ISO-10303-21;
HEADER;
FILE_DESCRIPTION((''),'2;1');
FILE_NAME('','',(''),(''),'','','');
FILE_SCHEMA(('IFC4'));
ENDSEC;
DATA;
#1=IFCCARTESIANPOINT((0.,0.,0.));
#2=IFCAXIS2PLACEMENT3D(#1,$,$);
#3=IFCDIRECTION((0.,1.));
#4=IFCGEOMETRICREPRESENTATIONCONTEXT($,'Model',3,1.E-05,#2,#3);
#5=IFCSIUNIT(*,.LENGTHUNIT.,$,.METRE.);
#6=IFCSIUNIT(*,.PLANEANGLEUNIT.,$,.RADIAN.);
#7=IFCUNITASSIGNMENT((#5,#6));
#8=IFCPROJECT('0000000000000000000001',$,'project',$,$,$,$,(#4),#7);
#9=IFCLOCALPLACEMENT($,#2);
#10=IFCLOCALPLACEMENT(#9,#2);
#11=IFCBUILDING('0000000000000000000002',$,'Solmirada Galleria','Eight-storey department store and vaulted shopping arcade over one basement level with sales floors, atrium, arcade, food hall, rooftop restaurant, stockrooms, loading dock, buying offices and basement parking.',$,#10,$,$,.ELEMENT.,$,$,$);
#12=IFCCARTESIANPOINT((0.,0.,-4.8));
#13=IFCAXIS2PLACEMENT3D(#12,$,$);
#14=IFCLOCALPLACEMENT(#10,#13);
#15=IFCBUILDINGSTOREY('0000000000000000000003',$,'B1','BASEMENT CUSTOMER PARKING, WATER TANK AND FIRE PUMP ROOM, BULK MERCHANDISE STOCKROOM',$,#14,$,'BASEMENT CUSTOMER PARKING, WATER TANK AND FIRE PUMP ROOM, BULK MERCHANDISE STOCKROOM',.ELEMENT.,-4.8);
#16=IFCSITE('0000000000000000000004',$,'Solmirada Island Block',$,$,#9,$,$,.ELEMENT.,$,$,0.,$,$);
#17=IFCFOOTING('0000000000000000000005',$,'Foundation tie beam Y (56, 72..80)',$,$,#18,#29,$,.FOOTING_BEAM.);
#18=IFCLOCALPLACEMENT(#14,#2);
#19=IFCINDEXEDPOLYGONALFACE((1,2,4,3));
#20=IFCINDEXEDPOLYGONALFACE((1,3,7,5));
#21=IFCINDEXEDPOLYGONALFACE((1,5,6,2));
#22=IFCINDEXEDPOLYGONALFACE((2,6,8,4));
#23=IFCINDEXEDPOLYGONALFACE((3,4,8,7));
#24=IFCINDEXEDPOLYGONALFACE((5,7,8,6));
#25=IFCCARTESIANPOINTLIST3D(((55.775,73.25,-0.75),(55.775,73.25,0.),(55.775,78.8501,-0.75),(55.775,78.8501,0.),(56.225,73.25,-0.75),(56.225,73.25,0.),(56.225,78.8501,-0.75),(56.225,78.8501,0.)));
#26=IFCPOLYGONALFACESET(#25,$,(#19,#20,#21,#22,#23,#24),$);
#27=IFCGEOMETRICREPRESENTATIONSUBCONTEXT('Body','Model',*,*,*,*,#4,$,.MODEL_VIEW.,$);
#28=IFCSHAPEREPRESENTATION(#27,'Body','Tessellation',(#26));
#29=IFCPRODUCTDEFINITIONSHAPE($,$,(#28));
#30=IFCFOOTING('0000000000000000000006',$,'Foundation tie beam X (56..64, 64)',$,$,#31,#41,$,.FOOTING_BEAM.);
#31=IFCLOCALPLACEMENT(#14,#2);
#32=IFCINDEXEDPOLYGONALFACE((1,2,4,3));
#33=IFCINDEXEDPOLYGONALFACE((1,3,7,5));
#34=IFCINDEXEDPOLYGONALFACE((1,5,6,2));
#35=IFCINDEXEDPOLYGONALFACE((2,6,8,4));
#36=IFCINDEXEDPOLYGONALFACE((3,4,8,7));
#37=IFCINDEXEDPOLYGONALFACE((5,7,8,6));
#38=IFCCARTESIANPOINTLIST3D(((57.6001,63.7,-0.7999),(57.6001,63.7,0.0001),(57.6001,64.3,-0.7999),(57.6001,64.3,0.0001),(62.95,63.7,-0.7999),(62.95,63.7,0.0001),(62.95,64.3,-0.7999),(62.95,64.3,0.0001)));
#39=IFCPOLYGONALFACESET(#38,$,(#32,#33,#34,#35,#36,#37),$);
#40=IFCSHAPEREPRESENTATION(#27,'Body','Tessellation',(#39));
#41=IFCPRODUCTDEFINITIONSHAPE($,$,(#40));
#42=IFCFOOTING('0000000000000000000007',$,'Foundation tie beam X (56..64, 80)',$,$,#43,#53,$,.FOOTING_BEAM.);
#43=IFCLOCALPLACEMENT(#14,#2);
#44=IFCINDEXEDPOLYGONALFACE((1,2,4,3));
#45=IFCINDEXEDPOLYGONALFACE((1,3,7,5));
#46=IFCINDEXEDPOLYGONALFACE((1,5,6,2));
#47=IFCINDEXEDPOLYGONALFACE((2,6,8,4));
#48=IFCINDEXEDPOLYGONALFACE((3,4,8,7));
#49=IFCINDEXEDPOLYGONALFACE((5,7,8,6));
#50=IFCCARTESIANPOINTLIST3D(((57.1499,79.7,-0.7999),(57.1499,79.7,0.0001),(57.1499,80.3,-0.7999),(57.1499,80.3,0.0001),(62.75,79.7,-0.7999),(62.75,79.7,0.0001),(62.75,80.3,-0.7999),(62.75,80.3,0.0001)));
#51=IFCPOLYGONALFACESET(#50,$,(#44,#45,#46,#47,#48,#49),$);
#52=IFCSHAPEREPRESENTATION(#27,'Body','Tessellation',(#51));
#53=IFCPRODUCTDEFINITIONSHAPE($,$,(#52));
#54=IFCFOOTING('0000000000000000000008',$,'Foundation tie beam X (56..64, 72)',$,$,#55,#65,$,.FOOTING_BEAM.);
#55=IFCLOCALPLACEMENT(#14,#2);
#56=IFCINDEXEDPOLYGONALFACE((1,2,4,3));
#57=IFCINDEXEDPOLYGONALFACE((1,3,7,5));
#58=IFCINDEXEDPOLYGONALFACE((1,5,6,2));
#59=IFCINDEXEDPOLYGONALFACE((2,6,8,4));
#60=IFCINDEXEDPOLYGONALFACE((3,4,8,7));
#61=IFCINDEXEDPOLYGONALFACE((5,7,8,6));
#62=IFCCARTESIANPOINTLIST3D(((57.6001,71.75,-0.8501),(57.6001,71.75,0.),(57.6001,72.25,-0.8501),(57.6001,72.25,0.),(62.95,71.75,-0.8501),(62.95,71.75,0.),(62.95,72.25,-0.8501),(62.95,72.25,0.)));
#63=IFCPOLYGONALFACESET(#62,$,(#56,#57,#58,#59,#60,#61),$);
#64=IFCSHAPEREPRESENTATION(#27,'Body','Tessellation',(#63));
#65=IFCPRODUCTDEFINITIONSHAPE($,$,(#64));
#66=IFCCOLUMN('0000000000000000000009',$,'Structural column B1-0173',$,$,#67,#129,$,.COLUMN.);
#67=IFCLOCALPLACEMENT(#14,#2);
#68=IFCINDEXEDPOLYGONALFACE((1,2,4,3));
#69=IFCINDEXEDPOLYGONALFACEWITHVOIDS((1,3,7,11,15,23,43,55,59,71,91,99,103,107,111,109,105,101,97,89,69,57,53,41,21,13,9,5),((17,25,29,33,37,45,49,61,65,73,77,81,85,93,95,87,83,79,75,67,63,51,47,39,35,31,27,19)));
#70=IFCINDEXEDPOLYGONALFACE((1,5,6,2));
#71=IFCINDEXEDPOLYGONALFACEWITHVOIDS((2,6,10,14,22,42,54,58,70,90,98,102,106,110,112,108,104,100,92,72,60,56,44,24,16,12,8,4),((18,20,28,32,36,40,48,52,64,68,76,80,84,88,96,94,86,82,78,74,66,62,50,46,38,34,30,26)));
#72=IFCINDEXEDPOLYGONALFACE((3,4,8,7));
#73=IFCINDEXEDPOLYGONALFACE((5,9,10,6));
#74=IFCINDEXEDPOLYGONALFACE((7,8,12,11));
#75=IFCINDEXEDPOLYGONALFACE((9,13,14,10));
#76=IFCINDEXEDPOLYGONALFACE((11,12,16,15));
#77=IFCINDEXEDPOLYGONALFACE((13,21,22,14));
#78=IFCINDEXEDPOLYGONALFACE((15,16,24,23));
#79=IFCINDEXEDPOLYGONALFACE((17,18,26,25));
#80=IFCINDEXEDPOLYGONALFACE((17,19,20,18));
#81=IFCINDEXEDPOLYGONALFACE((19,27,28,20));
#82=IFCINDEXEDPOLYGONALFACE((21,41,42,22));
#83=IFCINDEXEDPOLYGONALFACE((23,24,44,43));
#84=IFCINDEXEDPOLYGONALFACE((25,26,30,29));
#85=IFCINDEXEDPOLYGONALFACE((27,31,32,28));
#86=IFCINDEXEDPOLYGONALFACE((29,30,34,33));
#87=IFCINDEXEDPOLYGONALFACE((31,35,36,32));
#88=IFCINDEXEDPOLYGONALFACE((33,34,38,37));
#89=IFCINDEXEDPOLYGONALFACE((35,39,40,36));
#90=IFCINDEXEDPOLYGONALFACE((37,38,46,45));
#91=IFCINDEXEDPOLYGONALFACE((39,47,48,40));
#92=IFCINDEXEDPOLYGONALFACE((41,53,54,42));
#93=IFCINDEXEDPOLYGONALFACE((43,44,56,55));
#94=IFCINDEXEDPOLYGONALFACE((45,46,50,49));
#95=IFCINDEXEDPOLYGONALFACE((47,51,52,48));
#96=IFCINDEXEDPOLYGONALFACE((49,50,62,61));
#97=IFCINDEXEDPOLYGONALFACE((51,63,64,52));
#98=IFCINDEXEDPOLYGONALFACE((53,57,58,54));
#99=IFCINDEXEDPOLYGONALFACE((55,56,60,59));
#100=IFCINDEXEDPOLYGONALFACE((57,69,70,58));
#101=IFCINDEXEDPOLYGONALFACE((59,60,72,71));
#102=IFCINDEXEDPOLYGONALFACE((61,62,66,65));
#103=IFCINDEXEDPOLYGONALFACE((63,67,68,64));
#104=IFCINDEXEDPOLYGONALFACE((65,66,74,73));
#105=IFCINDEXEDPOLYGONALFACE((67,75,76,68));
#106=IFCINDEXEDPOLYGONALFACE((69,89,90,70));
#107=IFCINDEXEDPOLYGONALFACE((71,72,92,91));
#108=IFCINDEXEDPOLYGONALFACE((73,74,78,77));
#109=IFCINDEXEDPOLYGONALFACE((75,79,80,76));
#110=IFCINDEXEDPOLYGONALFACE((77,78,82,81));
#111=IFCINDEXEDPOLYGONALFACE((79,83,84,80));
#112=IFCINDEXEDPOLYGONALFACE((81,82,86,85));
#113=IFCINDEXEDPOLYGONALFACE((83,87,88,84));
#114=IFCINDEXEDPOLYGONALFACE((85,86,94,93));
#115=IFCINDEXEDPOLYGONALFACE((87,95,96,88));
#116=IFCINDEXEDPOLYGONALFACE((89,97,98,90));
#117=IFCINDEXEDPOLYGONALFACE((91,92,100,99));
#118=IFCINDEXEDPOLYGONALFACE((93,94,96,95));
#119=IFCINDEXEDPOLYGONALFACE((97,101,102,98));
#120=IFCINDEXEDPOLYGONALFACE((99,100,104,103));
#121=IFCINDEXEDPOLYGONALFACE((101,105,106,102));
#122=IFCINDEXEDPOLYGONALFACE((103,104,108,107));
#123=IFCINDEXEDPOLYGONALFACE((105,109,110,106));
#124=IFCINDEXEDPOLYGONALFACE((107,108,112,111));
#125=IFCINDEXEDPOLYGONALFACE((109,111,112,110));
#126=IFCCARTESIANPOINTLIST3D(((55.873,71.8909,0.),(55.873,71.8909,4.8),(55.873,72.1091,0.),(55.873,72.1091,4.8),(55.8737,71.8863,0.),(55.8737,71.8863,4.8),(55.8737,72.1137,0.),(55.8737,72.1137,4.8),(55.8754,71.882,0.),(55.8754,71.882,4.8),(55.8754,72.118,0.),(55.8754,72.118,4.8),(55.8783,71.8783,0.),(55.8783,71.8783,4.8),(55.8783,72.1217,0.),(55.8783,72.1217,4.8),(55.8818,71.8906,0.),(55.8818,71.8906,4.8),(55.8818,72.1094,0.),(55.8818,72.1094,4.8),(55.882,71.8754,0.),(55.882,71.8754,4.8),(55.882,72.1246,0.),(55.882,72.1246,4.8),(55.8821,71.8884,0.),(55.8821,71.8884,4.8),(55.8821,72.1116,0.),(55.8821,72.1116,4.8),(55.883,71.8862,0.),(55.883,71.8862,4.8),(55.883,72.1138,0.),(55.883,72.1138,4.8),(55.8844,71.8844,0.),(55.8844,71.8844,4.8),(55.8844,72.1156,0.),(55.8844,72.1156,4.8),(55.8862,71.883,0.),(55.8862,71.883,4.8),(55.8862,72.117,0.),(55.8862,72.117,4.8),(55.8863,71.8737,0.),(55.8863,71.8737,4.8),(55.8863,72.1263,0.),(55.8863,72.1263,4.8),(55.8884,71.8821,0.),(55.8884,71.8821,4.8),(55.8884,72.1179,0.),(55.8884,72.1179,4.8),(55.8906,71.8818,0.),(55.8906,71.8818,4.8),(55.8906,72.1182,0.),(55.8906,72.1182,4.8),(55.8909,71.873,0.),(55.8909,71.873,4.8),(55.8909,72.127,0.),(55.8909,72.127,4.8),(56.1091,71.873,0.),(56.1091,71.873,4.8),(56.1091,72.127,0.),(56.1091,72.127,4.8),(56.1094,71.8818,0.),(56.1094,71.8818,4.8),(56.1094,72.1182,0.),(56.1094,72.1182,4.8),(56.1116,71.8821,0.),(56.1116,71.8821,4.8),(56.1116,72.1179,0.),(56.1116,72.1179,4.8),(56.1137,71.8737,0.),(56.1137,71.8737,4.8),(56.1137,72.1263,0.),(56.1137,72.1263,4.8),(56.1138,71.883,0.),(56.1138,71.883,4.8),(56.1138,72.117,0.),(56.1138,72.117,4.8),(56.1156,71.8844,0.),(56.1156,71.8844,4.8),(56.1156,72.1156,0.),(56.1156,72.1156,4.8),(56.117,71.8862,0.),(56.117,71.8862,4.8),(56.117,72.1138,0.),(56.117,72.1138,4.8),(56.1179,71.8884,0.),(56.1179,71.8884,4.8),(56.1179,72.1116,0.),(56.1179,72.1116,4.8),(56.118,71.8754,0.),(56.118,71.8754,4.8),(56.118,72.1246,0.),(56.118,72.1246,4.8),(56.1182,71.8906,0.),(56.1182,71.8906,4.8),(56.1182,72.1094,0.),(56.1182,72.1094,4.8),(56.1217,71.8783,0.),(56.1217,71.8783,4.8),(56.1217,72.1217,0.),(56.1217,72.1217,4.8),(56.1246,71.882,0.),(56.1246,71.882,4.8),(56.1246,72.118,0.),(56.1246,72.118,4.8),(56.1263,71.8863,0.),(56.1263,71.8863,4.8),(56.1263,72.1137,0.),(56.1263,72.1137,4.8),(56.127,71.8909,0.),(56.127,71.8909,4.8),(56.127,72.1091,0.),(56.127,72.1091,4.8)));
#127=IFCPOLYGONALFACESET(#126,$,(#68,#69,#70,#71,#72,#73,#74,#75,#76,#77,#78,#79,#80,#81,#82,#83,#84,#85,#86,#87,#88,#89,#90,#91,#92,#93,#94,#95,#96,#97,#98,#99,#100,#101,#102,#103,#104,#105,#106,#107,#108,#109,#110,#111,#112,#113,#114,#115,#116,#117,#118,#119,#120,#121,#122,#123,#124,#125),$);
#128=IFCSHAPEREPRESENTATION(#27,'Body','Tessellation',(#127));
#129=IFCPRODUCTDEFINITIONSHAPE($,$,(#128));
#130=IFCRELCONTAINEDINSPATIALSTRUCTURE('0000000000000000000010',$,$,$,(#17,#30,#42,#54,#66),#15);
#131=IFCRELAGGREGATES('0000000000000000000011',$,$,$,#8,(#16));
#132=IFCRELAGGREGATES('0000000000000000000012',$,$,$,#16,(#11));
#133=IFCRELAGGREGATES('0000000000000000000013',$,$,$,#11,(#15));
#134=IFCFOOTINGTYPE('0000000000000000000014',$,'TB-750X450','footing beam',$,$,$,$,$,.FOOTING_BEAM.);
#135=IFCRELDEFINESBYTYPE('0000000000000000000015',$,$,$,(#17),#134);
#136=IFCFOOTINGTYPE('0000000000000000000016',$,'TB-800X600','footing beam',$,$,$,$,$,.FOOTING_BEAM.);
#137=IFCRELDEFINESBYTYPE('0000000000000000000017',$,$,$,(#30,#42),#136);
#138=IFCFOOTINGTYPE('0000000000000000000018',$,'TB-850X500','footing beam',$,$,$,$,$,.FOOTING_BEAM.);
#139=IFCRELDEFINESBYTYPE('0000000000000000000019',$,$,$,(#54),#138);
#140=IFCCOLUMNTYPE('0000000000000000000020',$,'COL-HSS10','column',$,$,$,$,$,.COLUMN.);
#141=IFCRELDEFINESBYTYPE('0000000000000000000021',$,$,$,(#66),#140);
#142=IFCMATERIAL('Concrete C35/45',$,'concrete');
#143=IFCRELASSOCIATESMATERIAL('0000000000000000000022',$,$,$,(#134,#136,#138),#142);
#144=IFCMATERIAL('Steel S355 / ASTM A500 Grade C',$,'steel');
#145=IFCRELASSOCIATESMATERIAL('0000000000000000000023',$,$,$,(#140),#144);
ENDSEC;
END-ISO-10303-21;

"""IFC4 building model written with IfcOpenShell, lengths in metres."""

from ifc_helpers import new_model, si_unit, direction, frame, origin, origin_2d, place, context, subcontext, project, spatial, rectangle, hollow_rectangle, extrude, material, material_profile, profile_set, type_object, element, save


model = new_model("IFC4")

# Units and contexts
model_context = context("Model", 3, precision=1e-05, world=origin(), true_north=direction((0.0, 1.0)))
body_context = subcontext(model_context, "Body", "Model", "MODEL_VIEW")
ifc_project = project(units=[si_unit("LENGTHUNIT", "METRE"), si_unit("PLANEANGLEUNIT", "RADIAN")], contexts=[model_context])

# Site, building, storey
site_placement = place(None, origin())
site = spatial("IfcSite", under=ifc_project, at=site_placement, Name="Solmirada Island Block", CompositionType="ELEMENT", RefElevation=0.0)
building_placement = place(site_placement, origin())
building = spatial("IfcBuilding", under=site, at=building_placement, Name="Solmirada Galleria", Description="Eight-storey department store and vaulted shopping arcade over one basement level with sales floors, atrium, arcade, food hall, rooftop restaurant, stockrooms, loading dock, buying offices and basement parking.", CompositionType="ELEMENT")
storey_placement = place(building_placement, frame((0.0, 0.0, -4.8)))
storey = spatial("IfcBuildingStorey", under=building, at=storey_placement, Name="B1", Description="BASEMENT CUSTOMER PARKING, WATER TANK AND FIRE PUMP ROOM, BULK MERCHANDISE STOCKROOM", LongName="BASEMENT CUSTOMER PARKING, WATER TANK AND FIRE PUMP ROOM, BULK MERCHANDISE STOCKROOM", CompositionType="ELEMENT", Elevation=-4.8)

# Shared definitions
ifc_material_1 = material(Name="Concrete C35/45", Category="concrete")

# Footings
ifc_material_profile_1 = material_profile(ifc_material_1, rectangle(XDim=0.45, YDim=0.75, at=origin_2d()), Name="RC750X450")
ifc_profile_set_1 = profile_set([ifc_material_profile_1], Name="Concrete C35/45")
footing_type_1 = type_object("IfcFootingType", Name="TB-750X450", Description="footing beam", PredefinedType="FOOTING_BEAM", material=ifc_profile_set_1)
footing_1_placement = place(storey_placement, frame((56.0, 73.25, -0.375), z_axis=(0.0, 1.0, 0.0), x_axis=(-1.0, 0.0, 0.0)))
element("IfcFooting", 1, at=footing_1_placement, inside=storey, type_object=footing_type_1, Name="Foundation tie beam Y (56, 72..80)", PredefinedType="FOOTING_BEAM", context=body_context, shape_type="SweptSolid", body=[
    extrude(rectangle(XDim=0.45, YDim=0.75, at=origin_2d()), origin(), (0.0, 0.0, 1.0), 5.6001),
])
ifc_material_profile_2 = material_profile(ifc_material_1, rectangle(XDim=0.6001, YDim=0.8, at=origin_2d()), Name="RC800X600")
ifc_profile_set_2 = profile_set([ifc_material_profile_2], Name="Concrete C35/45")
footing_type_2 = type_object("IfcFootingType", Name="TB-800X600", Description="footing beam", PredefinedType="FOOTING_BEAM", material=ifc_profile_set_2)
footing_2_placement = place(storey_placement, frame((57.6001, 64.0, -0.3999), z_axis=(1.0, 0.0, 0.0), x_axis=(0.0, 1.0, 0.0)))
element("IfcFooting", 2, at=footing_2_placement, inside=storey, type_object=footing_type_2, Name="Foundation tie beam X (56..64, 64)", PredefinedType="FOOTING_BEAM", context=body_context, shape_type="SweptSolid", body=[
    extrude(rectangle(XDim=0.6001, YDim=0.8, at=origin_2d()), origin(), (0.0, 0.0, 1.0), 5.3499),
])
footing_3_placement = place(storey_placement, frame((57.1499, 80.0, -0.3999), z_axis=(1.0, 0.0, 0.0), x_axis=(0.0, 1.0, 0.0)))
element("IfcFooting", 3, at=footing_3_placement, inside=storey, type_object=footing_type_2, Name="Foundation tie beam X (56..64, 80)", PredefinedType="FOOTING_BEAM", context=body_context, shape_type="SweptSolid", body=[
    extrude(rectangle(XDim=0.6001, YDim=0.8, at=origin_2d()), origin(), (0.0, 0.0, 1.0), 5.6001),
])
ifc_material_profile_3 = material_profile(ifc_material_1, rectangle(XDim=0.5, YDim=0.8501, at=origin_2d()), Name="RC850X500")
ifc_profile_set_3 = profile_set([ifc_material_profile_3], Name="Concrete C35/45")
footing_type_3 = type_object("IfcFootingType", Name="TB-850X500", Description="footing beam", PredefinedType="FOOTING_BEAM", material=ifc_profile_set_3)
footing_4_placement = place(storey_placement, frame((57.6001, 72.0, -0.425), z_axis=(1.0, 0.0, 0.0), x_axis=(0.0, 1.0, 0.0)))
element("IfcFooting", 4, at=footing_4_placement, inside=storey, type_object=footing_type_3, Name="Foundation tie beam X (56..64, 72)", PredefinedType="FOOTING_BEAM", context=body_context, shape_type="SweptSolid", body=[
    extrude(rectangle(XDim=0.5, YDim=0.8501, at=origin_2d()), origin(), (0.0, 0.0, 1.0), 5.3499),
])

# Column
ifc_material_2 = material(Name="Steel S355 / ASTM A500 Grade C", Category="steel")
ifc_material_profile_4 = material_profile(ifc_material_2, hollow_rectangle(XDim=0.2539, YDim=0.2539, WallThickness=0.0088, InnerFilletRadius=0.0088, OuterFilletRadius=0.0178, at=origin_2d()), Name="HSS10X10X3/8")
ifc_profile_set_4 = profile_set([ifc_material_profile_4], Name="Steel S355 / ASTM A500 Grade C")
column_type_1 = type_object("IfcColumnType", Name="COL-HSS10", Description="column", PredefinedType="COLUMN", material=ifc_profile_set_4)
column_1_placement = place(storey_placement, frame((56.0, 72.0, 0.0), z_axis=(0.0, 0.0, 1.0), x_axis=(1.0, 0.0, 0.0)))
element("IfcColumn", 5, at=column_1_placement, inside=storey, type_object=column_type_1, Name="Structural column B1-0173", PredefinedType="COLUMN", context=body_context, shape_type="SweptSolid", body=[
    extrude(hollow_rectangle(XDim=0.2539, YDim=0.2539, WallThickness=0.0088, InnerFilletRadius=0.0088, OuterFilletRadius=0.0178, at=origin_2d()), origin(), (0.0, 0.0, 1.0), 4.8),
])

save(model, "model.ifc")
